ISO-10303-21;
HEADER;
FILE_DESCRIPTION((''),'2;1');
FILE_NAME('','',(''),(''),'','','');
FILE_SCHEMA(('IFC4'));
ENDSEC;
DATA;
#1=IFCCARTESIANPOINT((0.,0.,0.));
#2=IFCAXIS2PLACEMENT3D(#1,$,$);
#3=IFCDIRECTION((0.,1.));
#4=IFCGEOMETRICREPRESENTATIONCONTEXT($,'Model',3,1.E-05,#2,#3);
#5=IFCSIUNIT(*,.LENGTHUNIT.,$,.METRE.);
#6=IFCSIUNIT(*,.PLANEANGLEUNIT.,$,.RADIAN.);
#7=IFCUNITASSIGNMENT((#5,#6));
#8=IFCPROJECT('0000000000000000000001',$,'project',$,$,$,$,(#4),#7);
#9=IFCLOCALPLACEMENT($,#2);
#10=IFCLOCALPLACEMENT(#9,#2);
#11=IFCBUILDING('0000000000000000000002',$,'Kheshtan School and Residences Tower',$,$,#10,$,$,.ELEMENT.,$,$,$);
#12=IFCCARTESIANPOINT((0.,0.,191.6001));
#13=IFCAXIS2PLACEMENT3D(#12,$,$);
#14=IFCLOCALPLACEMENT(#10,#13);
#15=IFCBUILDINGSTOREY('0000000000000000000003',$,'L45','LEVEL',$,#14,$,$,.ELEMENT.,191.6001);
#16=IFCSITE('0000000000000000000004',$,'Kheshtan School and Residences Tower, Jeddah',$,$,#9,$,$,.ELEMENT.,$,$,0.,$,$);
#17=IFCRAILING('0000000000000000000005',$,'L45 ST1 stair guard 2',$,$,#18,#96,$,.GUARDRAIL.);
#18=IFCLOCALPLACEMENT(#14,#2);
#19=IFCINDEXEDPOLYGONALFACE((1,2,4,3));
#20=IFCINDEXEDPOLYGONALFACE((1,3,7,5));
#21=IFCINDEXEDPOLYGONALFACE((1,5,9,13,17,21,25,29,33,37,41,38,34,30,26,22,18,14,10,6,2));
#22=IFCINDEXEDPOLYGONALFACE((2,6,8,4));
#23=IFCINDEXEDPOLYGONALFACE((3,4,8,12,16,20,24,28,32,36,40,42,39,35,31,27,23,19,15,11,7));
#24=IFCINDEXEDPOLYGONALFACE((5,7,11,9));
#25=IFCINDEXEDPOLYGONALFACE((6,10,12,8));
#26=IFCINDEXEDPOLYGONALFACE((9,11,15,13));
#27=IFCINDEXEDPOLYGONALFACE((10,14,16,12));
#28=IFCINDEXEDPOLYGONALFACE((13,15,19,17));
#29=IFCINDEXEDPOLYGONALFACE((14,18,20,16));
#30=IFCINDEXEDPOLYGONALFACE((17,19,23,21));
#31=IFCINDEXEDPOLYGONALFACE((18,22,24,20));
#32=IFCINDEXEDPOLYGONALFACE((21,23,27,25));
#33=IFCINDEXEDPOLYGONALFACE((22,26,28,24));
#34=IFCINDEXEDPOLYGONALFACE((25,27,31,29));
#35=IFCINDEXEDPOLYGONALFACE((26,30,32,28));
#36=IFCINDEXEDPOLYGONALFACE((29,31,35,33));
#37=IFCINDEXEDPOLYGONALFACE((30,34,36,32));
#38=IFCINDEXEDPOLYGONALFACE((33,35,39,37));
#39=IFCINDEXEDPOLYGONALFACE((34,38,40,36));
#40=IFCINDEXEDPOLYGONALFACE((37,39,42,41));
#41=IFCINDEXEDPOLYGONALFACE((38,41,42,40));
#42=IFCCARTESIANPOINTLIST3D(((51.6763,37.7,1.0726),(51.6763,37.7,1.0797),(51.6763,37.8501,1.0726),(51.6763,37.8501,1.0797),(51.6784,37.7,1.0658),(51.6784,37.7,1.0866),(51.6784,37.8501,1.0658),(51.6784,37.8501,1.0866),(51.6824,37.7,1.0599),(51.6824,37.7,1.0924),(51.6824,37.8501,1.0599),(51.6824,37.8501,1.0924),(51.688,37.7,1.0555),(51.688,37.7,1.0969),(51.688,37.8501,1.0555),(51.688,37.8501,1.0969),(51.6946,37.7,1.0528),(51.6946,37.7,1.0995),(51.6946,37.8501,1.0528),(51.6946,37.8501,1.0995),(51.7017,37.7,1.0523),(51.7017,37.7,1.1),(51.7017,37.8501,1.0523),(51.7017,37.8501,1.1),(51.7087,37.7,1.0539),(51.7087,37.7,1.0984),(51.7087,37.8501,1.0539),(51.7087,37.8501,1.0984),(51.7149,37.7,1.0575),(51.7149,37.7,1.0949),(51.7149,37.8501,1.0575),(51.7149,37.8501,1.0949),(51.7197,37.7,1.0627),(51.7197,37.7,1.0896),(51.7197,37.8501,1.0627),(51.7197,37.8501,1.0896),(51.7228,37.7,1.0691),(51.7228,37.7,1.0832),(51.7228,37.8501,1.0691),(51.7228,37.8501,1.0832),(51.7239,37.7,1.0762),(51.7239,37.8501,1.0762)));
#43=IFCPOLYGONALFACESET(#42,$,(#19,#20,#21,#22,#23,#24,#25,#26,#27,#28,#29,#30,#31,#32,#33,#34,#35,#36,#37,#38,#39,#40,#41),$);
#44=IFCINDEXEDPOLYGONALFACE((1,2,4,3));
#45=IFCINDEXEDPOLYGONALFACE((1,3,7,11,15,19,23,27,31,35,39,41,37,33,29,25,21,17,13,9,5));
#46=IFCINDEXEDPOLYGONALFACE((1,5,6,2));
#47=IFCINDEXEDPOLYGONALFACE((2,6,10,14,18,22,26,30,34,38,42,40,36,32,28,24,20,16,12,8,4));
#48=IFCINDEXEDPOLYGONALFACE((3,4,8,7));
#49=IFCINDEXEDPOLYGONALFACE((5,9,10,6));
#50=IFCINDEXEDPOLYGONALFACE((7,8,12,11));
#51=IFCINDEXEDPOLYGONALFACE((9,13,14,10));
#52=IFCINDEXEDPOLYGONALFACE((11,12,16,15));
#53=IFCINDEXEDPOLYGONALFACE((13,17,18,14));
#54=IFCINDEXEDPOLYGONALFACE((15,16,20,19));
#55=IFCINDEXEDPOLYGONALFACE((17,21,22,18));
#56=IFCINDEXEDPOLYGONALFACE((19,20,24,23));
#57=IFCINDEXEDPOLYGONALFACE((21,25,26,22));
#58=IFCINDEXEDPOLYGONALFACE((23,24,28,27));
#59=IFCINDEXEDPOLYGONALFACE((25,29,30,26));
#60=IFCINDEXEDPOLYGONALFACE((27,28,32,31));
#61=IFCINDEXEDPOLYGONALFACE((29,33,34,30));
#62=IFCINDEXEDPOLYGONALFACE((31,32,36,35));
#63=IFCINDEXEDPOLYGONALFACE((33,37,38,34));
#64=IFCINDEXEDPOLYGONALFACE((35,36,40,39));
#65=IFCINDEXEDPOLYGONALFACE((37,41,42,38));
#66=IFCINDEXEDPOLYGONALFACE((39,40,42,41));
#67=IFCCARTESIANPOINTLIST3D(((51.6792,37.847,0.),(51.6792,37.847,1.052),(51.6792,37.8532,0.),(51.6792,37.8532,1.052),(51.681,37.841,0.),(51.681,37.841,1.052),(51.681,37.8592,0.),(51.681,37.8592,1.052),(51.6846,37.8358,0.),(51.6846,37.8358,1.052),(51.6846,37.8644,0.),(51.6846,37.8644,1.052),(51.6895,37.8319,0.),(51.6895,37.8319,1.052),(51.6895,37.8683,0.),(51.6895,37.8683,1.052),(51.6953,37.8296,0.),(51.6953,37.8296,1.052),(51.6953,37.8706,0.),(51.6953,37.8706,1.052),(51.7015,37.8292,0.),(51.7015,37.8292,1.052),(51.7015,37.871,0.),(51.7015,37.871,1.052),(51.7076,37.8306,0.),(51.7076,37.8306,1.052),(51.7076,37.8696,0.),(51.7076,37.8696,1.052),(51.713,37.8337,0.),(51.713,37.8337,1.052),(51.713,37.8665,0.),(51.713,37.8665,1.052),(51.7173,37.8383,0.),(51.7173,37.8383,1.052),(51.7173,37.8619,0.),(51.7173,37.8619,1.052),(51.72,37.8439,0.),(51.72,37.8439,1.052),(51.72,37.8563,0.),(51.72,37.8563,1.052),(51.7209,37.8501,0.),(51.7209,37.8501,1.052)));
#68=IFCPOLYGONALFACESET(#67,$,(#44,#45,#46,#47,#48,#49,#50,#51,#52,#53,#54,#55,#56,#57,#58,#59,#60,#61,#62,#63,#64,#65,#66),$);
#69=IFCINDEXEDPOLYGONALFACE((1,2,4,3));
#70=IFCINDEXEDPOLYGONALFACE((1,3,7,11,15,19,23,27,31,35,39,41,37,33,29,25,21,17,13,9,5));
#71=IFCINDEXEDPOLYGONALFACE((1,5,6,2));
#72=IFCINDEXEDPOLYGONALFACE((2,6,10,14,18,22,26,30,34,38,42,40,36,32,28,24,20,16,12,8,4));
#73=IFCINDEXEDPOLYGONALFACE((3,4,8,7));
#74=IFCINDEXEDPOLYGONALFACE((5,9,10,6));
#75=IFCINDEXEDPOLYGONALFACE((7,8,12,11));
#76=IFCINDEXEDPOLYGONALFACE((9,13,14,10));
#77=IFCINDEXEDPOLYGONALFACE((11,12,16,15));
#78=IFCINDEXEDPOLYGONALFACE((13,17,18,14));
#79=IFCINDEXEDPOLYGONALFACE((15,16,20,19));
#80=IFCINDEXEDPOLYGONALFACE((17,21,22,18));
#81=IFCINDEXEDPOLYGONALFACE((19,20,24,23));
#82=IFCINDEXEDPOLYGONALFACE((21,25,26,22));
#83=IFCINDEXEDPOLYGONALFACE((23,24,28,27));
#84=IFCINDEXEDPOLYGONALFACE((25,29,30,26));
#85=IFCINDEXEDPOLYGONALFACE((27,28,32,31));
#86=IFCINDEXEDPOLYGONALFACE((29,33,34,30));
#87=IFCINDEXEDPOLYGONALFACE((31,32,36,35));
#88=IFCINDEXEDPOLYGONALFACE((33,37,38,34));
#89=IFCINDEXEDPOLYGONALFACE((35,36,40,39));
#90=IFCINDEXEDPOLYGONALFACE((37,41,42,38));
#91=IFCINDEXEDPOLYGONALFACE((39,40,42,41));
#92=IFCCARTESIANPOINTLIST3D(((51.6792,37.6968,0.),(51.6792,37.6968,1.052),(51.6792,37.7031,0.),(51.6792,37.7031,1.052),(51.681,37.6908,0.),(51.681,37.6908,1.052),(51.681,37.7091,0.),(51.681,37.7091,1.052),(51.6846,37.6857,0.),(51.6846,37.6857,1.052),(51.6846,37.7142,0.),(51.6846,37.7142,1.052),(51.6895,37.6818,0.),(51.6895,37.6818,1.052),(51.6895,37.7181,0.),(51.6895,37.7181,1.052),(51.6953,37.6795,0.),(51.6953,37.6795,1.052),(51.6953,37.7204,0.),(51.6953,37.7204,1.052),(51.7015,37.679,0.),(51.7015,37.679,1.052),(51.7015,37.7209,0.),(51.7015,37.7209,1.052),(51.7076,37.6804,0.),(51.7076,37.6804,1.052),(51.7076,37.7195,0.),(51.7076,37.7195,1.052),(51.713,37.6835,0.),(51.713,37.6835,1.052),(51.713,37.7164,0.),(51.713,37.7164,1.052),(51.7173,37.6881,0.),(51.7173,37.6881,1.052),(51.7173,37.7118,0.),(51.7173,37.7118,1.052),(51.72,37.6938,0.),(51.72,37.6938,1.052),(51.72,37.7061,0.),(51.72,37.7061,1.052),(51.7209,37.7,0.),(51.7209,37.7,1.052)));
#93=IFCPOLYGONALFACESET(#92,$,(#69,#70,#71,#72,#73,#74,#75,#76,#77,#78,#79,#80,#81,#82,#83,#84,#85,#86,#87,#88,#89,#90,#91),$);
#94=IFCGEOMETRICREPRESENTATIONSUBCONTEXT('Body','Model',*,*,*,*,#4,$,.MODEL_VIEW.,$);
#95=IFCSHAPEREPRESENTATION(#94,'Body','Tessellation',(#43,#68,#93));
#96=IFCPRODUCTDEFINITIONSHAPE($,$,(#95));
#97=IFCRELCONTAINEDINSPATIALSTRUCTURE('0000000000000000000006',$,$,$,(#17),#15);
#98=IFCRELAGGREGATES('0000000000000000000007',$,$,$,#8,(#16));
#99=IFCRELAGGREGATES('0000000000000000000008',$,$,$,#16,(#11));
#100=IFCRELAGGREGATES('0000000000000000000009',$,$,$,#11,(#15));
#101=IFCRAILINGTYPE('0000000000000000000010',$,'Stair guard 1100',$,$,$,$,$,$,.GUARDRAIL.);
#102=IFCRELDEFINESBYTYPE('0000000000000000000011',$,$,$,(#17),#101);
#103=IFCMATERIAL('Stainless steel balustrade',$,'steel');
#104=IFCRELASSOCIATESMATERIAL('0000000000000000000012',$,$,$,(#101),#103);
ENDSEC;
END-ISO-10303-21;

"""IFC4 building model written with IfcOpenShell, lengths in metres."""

from ifc_helpers import new_model, si_unit, direction, frame, origin, origin_2d, place, context, subcontext, project, spatial, circle, extrude, material, type_object, element, save


model = new_model("IFC4")

# Units and contexts
model_context = context("Model", 3, precision=1e-05, world=origin(), true_north=direction((0.0, 1.0)))
body_context = subcontext(model_context, "Body", "Model", "MODEL_VIEW")
ifc_project = project(units=[si_unit("LENGTHUNIT", "METRE"), si_unit("PLANEANGLEUNIT", "RADIAN")], contexts=[model_context])

# Site, building, storey
site_placement = place(None, origin())
site = spatial("IfcSite", under=ifc_project, at=site_placement, Name="Kheshtan School and Residences Tower, Jeddah", CompositionType="ELEMENT", RefElevation=0.0)
building_placement = place(site_placement, origin())
building = spatial("IfcBuilding", under=site, at=building_placement, Name="Kheshtan School and Residences Tower", CompositionType="ELEMENT")
storey_placement = place(building_placement, frame((0.0, 0.0, 191.6001)))
storey = spatial("IfcBuildingStorey", under=building, at=storey_placement, Name="L45", Description="LEVEL", CompositionType="ELEMENT", Elevation=191.6001)

# Railing
ifc_material_1 = material(Name="Stainless steel balustrade", Category="steel")
railing_type_1 = type_object("IfcRailingType", Name="Stair guard 1100", PredefinedType="GUARDRAIL", material=ifc_material_1)
railing_1_placement = place(storey_placement, frame((51.7, 37.8501, 0.0)))
element("IfcRailing", 1, at=railing_1_placement, inside=storey, type_object=railing_type_1, Name="L45 ST1 stair guard 2", PredefinedType="GUARDRAIL", context=body_context, shape_type="SweptSolid", body=[
    extrude(circle(Radius=0.0239, at=origin_2d()), frame((0.0, 0.0, 1.0762), z_axis=(0.0, -1.0, 0.0), x_axis=(1.0, 0.0, 0.0)), (0.0, 0.0, 1.0), 0.1501),
    extrude(circle(Radius=0.021, at=origin_2d()), origin(), (0.0, 0.0, 1.0), 1.052),
    extrude(circle(Radius=0.021, at=origin_2d()), frame((0.0, -0.1501, 0.0)), (0.0, 0.0, 1.0), 1.052),
])

save(model, "model.ifc")
